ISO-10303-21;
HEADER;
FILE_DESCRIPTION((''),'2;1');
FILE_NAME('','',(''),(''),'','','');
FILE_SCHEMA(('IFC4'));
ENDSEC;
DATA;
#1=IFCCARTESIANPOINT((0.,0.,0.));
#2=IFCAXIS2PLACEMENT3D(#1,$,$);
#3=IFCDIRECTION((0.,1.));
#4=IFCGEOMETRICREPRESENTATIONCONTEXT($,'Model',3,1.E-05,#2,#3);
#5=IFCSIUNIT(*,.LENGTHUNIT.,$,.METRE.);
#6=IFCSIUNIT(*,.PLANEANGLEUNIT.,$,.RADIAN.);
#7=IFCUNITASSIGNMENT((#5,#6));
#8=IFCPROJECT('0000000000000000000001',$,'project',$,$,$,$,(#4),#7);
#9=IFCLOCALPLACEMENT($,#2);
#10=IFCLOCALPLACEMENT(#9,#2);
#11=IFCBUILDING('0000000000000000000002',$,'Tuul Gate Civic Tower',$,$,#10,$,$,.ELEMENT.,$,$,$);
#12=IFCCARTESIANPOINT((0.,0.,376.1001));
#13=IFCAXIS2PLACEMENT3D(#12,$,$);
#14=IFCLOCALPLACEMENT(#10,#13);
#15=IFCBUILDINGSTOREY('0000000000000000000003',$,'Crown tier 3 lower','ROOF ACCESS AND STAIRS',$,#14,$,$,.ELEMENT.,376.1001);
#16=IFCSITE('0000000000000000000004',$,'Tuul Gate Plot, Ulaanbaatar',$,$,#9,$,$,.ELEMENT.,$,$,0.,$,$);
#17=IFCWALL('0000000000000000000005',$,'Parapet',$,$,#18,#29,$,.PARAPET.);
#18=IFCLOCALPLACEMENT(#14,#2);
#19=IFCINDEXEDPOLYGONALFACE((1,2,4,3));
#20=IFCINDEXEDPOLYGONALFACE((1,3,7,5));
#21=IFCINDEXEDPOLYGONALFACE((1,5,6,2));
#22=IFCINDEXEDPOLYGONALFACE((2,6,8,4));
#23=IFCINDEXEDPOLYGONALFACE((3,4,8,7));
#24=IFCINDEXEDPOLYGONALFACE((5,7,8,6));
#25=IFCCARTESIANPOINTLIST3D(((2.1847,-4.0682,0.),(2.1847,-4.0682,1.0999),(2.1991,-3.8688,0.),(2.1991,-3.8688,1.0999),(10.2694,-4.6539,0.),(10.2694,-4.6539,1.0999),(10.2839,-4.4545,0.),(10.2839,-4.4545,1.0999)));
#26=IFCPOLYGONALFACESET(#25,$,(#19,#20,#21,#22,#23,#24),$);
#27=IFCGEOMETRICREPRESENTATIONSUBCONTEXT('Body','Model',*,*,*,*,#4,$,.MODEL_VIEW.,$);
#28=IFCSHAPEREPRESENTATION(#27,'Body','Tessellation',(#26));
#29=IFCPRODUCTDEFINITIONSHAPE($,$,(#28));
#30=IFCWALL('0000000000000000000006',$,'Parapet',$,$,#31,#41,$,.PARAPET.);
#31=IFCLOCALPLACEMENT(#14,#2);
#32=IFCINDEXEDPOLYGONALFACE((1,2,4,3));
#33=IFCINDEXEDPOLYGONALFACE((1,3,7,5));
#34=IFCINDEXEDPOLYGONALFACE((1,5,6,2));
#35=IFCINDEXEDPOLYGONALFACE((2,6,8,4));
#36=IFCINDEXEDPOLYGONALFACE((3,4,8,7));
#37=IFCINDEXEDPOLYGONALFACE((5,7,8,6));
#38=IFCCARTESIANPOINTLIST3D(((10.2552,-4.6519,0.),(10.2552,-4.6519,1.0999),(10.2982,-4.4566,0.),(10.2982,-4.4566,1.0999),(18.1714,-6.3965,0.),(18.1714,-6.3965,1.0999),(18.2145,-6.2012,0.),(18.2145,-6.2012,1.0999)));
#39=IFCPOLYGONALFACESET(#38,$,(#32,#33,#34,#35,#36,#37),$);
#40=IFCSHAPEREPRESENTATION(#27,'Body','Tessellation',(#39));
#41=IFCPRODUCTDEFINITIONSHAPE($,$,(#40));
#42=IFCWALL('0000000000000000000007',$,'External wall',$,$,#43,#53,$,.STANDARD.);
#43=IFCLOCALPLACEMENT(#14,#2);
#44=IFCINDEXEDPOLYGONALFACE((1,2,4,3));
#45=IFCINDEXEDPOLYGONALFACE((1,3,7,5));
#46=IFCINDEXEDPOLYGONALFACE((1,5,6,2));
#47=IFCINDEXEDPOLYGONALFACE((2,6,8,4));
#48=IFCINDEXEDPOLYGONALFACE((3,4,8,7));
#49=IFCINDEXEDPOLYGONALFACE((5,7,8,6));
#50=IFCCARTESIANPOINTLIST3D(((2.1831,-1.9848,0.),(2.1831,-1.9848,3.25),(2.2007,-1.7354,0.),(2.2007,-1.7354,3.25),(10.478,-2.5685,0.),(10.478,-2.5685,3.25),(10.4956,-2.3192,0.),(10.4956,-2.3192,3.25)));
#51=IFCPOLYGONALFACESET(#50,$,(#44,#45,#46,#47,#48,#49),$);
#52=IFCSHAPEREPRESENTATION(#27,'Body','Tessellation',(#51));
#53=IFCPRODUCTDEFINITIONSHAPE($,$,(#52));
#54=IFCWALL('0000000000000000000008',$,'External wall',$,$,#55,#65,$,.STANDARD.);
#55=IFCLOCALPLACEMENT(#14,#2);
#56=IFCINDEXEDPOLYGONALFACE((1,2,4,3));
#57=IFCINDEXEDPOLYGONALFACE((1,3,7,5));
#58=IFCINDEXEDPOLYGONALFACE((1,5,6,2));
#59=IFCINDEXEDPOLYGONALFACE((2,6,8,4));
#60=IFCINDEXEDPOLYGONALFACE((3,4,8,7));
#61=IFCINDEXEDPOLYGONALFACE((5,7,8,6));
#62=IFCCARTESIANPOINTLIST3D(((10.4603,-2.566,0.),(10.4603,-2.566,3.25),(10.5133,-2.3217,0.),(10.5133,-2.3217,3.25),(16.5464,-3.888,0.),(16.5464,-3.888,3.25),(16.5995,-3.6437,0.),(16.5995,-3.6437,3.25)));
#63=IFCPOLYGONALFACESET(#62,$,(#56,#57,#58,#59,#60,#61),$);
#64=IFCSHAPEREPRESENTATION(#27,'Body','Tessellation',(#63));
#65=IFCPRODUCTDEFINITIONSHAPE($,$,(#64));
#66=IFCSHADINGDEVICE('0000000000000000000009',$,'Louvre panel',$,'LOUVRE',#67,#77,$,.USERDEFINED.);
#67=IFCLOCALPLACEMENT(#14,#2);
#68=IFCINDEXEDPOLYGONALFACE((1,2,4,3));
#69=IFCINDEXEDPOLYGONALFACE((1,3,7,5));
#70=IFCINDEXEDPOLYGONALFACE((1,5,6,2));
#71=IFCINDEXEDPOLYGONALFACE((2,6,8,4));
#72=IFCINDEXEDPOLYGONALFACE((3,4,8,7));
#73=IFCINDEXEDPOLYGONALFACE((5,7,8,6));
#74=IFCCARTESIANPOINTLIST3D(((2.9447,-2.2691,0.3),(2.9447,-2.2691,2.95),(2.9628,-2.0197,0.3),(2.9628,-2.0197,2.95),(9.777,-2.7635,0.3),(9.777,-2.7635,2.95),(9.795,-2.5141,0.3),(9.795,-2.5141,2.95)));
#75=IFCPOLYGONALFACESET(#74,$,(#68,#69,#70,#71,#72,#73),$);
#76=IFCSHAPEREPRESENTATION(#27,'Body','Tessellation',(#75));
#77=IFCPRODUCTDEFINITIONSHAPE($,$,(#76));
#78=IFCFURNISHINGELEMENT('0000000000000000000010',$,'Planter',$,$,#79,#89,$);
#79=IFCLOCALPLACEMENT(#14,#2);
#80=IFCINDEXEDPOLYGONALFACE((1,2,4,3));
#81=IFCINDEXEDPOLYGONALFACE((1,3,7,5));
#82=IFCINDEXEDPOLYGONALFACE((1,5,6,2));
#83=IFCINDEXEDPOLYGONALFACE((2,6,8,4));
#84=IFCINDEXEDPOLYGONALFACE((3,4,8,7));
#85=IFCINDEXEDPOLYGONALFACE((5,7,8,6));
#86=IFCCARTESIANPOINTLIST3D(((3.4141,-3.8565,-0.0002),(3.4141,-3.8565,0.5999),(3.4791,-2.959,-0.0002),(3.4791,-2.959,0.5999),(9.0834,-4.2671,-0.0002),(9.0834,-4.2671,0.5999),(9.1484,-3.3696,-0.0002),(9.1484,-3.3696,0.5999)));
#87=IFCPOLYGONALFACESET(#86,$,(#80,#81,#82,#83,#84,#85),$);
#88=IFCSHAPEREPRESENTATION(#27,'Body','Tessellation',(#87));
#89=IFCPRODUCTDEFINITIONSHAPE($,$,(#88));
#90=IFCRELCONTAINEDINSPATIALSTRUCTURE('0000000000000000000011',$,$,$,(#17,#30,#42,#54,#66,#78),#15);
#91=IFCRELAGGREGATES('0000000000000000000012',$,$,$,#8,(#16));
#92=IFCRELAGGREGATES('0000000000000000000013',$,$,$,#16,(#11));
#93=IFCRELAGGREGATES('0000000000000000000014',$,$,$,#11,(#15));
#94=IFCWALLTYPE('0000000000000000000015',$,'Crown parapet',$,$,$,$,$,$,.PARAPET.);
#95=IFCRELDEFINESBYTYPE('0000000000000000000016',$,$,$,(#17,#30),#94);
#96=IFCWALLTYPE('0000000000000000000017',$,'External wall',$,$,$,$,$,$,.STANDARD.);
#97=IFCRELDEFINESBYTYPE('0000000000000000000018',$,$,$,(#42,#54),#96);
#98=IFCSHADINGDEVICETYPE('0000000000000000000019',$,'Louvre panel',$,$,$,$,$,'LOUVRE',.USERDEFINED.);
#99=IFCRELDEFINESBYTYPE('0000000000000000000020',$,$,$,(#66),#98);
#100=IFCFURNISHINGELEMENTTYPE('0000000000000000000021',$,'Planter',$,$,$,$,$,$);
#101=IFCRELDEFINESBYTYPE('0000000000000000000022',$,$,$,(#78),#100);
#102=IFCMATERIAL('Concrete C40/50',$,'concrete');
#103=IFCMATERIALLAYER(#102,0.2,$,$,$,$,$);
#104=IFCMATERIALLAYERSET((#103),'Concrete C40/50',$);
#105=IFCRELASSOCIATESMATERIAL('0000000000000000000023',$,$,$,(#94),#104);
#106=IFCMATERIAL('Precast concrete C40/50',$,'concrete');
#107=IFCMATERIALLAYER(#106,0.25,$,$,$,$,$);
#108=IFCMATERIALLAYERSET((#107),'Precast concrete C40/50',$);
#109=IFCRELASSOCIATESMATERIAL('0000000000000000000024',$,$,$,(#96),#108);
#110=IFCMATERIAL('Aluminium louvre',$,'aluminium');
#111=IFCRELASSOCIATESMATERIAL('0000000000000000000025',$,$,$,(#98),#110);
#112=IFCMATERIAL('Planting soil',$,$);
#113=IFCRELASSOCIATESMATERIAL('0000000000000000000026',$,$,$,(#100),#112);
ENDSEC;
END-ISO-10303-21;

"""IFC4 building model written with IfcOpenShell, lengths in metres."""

from ifc_helpers import new_model, si_unit, direction, frame, frame_2d, origin, origin_2d, place, context, subcontext, project, spatial, rectangle, extrude, material, layer, layer_set, type_object, element, save


model = new_model("IFC4")

# Units and contexts
model_context = context("Model", 3, precision=1e-05, world=origin(), true_north=direction((0.0, 1.0)))
body_context = subcontext(model_context, "Body", "Model", "MODEL_VIEW")
ifc_project = project(units=[si_unit("LENGTHUNIT", "METRE"), si_unit("PLANEANGLEUNIT", "RADIAN")], contexts=[model_context])

# Site, building, storey
site_placement = place(None, origin())
site = spatial("IfcSite", under=ifc_project, at=site_placement, Name="Tuul Gate Plot, Ulaanbaatar", CompositionType="ELEMENT", RefElevation=0.0)
building_placement = place(site_placement, origin())
building = spatial("IfcBuilding", under=site, at=building_placement, Name="Tuul Gate Civic Tower", CompositionType="ELEMENT")
storey_placement = place(building_placement, frame((0.0, 0.0, 376.1001)))
storey = spatial("IfcBuildingStorey", under=building, at=storey_placement, Name="Crown tier 3 lower", Description="ROOF ACCESS AND STAIRS", CompositionType="ELEMENT", Elevation=376.1001)

# Walls
ifc_material_1 = material(Name="Concrete C40/50", Category="concrete")
ifc_layer_1 = layer(ifc_material_1, 0.2)
ifc_layer_set_1 = layer_set([ifc_layer_1], Name="Concrete C40/50")
wall_type_1 = type_object("IfcWallType", Name="Crown parapet", PredefinedType="PARAPET", material=ifc_layer_set_1)
wall_1_placement = place(storey_placement, frame((2.1919, -3.9685, 0.0), z_axis=(0.0, 0.0, 1.0), x_axis=(0.997386, -0.072255, 0.0)))
element("IfcWall", 1, at=wall_1_placement, inside=storey, type_object=wall_type_1, Name="Parapet", PredefinedType="PARAPET", context=body_context, shape_type="SweptSolid", body=[
    extrude(rectangle(XDim=8.106, YDim=0.2, at=frame_2d((4.053, 0.0))), origin(), (0.0, 0.0, 1.0), 1.0999),
])
wall_2_placement = place(storey_placement, frame((10.2766, -4.5542, 0.0), z_axis=(0.0, 0.0, 1.0), x_axis=(0.976565, -0.215221, 0.0)))
element("IfcWall", 2, at=wall_2_placement, inside=storey, type_object=wall_type_1, Name="Parapet", PredefinedType="PARAPET", context=body_context, shape_type="SweptSolid", body=[
    extrude(rectangle(XDim=8.1062, YDim=0.2, at=frame_2d((4.0532, 0.0))), origin(), (0.0, 0.0, 1.0), 1.0999),
])
ifc_material_2 = material(Name="Precast concrete C40/50", Category="concrete")
ifc_layer_2 = layer(ifc_material_2, 0.25)
ifc_layer_set_2 = layer_set([ifc_layer_2], Name="Precast concrete C40/50")
wall_type_2 = type_object("IfcWallType", Name="External wall", PredefinedType="STANDARD", material=ifc_layer_set_2)
wall_3_placement = place(storey_placement, frame((2.1919, -1.8601, 0.0), z_axis=(0.0, 0.0, 1.0), x_axis=(0.997533, -0.0702, 0.0)))
element("IfcWall", 3, at=wall_3_placement, inside=storey, type_object=wall_type_2, Name="External wall", PredefinedType="STANDARD", context=body_context, shape_type="SweptSolid", body=[
    extrude(rectangle(XDim=8.3154, YDim=0.25, at=frame_2d((4.1577, 0.0))), origin(), (0.0, 0.0, 1.0), 3.25),
])
wall_4_placement = place(storey_placement, frame((10.4868, -2.4438, 0.0), z_axis=(0.0, 0.0, 1.0), x_axis=(0.977212, -0.212267, 0.0)))
element("IfcWall", 4, at=wall_4_placement, inside=storey, type_object=wall_type_2, Name="External wall", PredefinedType="STANDARD", context=body_context, shape_type="SweptSolid", body=[
    extrude(rectangle(XDim=6.228, YDim=0.25, at=frame_2d((3.114, 0.0))), origin(), (0.0, 0.0, 1.0), 3.25),
])

# Shading device
ifc_material_3 = material(Name="Aluminium louvre", Category="aluminium")
shading_device_type = type_object("IfcShadingDeviceType", Name="Louvre panel", ElementType="LOUVRE", PredefinedType="USERDEFINED", material=ifc_material_3)
shading_device_placement = place(storey_placement, frame((6.3699, -2.3916, 0.3), z_axis=(0.0, 0.0, 1.0), x_axis=(-0.072178, -0.997392, 0.0)))
element("IfcShadingDevice", 5, at=shading_device_placement, inside=storey, type_object=shading_device_type, Name="Louvre panel", ObjectType="LOUVRE", PredefinedType="USERDEFINED", context=body_context, shape_type="SweptSolid", body=[
    extrude(rectangle(XDim=0.25, YDim=6.8501, at=origin_2d()), origin(), (0.0, 0.0, 1.0), 2.6499),
])

# Furnishing element
ifc_material_4 = material(Name="Planting soil")
furnishing_element_type = type_object("IfcFurnishingElementType", Name="Planter", material=ifc_material_4)
furnishing_placement = place(storey_placement, frame((6.2812, -3.613, -0.0002), z_axis=(0.0, 0.0, 1.0), x_axis=(0.997387, -0.07224, 0.0)))
element("IfcFurnishingElement", 6, at=furnishing_placement, inside=storey, type_object=furnishing_element_type, Name="Planter", context=body_context, shape_type="SweptSolid", body=[
    extrude(rectangle(XDim=5.6841, YDim=0.8999, at=origin_2d()), origin(), (0.0, 0.0, 1.0), 0.6001),
])

save(model, "model.ifc")
